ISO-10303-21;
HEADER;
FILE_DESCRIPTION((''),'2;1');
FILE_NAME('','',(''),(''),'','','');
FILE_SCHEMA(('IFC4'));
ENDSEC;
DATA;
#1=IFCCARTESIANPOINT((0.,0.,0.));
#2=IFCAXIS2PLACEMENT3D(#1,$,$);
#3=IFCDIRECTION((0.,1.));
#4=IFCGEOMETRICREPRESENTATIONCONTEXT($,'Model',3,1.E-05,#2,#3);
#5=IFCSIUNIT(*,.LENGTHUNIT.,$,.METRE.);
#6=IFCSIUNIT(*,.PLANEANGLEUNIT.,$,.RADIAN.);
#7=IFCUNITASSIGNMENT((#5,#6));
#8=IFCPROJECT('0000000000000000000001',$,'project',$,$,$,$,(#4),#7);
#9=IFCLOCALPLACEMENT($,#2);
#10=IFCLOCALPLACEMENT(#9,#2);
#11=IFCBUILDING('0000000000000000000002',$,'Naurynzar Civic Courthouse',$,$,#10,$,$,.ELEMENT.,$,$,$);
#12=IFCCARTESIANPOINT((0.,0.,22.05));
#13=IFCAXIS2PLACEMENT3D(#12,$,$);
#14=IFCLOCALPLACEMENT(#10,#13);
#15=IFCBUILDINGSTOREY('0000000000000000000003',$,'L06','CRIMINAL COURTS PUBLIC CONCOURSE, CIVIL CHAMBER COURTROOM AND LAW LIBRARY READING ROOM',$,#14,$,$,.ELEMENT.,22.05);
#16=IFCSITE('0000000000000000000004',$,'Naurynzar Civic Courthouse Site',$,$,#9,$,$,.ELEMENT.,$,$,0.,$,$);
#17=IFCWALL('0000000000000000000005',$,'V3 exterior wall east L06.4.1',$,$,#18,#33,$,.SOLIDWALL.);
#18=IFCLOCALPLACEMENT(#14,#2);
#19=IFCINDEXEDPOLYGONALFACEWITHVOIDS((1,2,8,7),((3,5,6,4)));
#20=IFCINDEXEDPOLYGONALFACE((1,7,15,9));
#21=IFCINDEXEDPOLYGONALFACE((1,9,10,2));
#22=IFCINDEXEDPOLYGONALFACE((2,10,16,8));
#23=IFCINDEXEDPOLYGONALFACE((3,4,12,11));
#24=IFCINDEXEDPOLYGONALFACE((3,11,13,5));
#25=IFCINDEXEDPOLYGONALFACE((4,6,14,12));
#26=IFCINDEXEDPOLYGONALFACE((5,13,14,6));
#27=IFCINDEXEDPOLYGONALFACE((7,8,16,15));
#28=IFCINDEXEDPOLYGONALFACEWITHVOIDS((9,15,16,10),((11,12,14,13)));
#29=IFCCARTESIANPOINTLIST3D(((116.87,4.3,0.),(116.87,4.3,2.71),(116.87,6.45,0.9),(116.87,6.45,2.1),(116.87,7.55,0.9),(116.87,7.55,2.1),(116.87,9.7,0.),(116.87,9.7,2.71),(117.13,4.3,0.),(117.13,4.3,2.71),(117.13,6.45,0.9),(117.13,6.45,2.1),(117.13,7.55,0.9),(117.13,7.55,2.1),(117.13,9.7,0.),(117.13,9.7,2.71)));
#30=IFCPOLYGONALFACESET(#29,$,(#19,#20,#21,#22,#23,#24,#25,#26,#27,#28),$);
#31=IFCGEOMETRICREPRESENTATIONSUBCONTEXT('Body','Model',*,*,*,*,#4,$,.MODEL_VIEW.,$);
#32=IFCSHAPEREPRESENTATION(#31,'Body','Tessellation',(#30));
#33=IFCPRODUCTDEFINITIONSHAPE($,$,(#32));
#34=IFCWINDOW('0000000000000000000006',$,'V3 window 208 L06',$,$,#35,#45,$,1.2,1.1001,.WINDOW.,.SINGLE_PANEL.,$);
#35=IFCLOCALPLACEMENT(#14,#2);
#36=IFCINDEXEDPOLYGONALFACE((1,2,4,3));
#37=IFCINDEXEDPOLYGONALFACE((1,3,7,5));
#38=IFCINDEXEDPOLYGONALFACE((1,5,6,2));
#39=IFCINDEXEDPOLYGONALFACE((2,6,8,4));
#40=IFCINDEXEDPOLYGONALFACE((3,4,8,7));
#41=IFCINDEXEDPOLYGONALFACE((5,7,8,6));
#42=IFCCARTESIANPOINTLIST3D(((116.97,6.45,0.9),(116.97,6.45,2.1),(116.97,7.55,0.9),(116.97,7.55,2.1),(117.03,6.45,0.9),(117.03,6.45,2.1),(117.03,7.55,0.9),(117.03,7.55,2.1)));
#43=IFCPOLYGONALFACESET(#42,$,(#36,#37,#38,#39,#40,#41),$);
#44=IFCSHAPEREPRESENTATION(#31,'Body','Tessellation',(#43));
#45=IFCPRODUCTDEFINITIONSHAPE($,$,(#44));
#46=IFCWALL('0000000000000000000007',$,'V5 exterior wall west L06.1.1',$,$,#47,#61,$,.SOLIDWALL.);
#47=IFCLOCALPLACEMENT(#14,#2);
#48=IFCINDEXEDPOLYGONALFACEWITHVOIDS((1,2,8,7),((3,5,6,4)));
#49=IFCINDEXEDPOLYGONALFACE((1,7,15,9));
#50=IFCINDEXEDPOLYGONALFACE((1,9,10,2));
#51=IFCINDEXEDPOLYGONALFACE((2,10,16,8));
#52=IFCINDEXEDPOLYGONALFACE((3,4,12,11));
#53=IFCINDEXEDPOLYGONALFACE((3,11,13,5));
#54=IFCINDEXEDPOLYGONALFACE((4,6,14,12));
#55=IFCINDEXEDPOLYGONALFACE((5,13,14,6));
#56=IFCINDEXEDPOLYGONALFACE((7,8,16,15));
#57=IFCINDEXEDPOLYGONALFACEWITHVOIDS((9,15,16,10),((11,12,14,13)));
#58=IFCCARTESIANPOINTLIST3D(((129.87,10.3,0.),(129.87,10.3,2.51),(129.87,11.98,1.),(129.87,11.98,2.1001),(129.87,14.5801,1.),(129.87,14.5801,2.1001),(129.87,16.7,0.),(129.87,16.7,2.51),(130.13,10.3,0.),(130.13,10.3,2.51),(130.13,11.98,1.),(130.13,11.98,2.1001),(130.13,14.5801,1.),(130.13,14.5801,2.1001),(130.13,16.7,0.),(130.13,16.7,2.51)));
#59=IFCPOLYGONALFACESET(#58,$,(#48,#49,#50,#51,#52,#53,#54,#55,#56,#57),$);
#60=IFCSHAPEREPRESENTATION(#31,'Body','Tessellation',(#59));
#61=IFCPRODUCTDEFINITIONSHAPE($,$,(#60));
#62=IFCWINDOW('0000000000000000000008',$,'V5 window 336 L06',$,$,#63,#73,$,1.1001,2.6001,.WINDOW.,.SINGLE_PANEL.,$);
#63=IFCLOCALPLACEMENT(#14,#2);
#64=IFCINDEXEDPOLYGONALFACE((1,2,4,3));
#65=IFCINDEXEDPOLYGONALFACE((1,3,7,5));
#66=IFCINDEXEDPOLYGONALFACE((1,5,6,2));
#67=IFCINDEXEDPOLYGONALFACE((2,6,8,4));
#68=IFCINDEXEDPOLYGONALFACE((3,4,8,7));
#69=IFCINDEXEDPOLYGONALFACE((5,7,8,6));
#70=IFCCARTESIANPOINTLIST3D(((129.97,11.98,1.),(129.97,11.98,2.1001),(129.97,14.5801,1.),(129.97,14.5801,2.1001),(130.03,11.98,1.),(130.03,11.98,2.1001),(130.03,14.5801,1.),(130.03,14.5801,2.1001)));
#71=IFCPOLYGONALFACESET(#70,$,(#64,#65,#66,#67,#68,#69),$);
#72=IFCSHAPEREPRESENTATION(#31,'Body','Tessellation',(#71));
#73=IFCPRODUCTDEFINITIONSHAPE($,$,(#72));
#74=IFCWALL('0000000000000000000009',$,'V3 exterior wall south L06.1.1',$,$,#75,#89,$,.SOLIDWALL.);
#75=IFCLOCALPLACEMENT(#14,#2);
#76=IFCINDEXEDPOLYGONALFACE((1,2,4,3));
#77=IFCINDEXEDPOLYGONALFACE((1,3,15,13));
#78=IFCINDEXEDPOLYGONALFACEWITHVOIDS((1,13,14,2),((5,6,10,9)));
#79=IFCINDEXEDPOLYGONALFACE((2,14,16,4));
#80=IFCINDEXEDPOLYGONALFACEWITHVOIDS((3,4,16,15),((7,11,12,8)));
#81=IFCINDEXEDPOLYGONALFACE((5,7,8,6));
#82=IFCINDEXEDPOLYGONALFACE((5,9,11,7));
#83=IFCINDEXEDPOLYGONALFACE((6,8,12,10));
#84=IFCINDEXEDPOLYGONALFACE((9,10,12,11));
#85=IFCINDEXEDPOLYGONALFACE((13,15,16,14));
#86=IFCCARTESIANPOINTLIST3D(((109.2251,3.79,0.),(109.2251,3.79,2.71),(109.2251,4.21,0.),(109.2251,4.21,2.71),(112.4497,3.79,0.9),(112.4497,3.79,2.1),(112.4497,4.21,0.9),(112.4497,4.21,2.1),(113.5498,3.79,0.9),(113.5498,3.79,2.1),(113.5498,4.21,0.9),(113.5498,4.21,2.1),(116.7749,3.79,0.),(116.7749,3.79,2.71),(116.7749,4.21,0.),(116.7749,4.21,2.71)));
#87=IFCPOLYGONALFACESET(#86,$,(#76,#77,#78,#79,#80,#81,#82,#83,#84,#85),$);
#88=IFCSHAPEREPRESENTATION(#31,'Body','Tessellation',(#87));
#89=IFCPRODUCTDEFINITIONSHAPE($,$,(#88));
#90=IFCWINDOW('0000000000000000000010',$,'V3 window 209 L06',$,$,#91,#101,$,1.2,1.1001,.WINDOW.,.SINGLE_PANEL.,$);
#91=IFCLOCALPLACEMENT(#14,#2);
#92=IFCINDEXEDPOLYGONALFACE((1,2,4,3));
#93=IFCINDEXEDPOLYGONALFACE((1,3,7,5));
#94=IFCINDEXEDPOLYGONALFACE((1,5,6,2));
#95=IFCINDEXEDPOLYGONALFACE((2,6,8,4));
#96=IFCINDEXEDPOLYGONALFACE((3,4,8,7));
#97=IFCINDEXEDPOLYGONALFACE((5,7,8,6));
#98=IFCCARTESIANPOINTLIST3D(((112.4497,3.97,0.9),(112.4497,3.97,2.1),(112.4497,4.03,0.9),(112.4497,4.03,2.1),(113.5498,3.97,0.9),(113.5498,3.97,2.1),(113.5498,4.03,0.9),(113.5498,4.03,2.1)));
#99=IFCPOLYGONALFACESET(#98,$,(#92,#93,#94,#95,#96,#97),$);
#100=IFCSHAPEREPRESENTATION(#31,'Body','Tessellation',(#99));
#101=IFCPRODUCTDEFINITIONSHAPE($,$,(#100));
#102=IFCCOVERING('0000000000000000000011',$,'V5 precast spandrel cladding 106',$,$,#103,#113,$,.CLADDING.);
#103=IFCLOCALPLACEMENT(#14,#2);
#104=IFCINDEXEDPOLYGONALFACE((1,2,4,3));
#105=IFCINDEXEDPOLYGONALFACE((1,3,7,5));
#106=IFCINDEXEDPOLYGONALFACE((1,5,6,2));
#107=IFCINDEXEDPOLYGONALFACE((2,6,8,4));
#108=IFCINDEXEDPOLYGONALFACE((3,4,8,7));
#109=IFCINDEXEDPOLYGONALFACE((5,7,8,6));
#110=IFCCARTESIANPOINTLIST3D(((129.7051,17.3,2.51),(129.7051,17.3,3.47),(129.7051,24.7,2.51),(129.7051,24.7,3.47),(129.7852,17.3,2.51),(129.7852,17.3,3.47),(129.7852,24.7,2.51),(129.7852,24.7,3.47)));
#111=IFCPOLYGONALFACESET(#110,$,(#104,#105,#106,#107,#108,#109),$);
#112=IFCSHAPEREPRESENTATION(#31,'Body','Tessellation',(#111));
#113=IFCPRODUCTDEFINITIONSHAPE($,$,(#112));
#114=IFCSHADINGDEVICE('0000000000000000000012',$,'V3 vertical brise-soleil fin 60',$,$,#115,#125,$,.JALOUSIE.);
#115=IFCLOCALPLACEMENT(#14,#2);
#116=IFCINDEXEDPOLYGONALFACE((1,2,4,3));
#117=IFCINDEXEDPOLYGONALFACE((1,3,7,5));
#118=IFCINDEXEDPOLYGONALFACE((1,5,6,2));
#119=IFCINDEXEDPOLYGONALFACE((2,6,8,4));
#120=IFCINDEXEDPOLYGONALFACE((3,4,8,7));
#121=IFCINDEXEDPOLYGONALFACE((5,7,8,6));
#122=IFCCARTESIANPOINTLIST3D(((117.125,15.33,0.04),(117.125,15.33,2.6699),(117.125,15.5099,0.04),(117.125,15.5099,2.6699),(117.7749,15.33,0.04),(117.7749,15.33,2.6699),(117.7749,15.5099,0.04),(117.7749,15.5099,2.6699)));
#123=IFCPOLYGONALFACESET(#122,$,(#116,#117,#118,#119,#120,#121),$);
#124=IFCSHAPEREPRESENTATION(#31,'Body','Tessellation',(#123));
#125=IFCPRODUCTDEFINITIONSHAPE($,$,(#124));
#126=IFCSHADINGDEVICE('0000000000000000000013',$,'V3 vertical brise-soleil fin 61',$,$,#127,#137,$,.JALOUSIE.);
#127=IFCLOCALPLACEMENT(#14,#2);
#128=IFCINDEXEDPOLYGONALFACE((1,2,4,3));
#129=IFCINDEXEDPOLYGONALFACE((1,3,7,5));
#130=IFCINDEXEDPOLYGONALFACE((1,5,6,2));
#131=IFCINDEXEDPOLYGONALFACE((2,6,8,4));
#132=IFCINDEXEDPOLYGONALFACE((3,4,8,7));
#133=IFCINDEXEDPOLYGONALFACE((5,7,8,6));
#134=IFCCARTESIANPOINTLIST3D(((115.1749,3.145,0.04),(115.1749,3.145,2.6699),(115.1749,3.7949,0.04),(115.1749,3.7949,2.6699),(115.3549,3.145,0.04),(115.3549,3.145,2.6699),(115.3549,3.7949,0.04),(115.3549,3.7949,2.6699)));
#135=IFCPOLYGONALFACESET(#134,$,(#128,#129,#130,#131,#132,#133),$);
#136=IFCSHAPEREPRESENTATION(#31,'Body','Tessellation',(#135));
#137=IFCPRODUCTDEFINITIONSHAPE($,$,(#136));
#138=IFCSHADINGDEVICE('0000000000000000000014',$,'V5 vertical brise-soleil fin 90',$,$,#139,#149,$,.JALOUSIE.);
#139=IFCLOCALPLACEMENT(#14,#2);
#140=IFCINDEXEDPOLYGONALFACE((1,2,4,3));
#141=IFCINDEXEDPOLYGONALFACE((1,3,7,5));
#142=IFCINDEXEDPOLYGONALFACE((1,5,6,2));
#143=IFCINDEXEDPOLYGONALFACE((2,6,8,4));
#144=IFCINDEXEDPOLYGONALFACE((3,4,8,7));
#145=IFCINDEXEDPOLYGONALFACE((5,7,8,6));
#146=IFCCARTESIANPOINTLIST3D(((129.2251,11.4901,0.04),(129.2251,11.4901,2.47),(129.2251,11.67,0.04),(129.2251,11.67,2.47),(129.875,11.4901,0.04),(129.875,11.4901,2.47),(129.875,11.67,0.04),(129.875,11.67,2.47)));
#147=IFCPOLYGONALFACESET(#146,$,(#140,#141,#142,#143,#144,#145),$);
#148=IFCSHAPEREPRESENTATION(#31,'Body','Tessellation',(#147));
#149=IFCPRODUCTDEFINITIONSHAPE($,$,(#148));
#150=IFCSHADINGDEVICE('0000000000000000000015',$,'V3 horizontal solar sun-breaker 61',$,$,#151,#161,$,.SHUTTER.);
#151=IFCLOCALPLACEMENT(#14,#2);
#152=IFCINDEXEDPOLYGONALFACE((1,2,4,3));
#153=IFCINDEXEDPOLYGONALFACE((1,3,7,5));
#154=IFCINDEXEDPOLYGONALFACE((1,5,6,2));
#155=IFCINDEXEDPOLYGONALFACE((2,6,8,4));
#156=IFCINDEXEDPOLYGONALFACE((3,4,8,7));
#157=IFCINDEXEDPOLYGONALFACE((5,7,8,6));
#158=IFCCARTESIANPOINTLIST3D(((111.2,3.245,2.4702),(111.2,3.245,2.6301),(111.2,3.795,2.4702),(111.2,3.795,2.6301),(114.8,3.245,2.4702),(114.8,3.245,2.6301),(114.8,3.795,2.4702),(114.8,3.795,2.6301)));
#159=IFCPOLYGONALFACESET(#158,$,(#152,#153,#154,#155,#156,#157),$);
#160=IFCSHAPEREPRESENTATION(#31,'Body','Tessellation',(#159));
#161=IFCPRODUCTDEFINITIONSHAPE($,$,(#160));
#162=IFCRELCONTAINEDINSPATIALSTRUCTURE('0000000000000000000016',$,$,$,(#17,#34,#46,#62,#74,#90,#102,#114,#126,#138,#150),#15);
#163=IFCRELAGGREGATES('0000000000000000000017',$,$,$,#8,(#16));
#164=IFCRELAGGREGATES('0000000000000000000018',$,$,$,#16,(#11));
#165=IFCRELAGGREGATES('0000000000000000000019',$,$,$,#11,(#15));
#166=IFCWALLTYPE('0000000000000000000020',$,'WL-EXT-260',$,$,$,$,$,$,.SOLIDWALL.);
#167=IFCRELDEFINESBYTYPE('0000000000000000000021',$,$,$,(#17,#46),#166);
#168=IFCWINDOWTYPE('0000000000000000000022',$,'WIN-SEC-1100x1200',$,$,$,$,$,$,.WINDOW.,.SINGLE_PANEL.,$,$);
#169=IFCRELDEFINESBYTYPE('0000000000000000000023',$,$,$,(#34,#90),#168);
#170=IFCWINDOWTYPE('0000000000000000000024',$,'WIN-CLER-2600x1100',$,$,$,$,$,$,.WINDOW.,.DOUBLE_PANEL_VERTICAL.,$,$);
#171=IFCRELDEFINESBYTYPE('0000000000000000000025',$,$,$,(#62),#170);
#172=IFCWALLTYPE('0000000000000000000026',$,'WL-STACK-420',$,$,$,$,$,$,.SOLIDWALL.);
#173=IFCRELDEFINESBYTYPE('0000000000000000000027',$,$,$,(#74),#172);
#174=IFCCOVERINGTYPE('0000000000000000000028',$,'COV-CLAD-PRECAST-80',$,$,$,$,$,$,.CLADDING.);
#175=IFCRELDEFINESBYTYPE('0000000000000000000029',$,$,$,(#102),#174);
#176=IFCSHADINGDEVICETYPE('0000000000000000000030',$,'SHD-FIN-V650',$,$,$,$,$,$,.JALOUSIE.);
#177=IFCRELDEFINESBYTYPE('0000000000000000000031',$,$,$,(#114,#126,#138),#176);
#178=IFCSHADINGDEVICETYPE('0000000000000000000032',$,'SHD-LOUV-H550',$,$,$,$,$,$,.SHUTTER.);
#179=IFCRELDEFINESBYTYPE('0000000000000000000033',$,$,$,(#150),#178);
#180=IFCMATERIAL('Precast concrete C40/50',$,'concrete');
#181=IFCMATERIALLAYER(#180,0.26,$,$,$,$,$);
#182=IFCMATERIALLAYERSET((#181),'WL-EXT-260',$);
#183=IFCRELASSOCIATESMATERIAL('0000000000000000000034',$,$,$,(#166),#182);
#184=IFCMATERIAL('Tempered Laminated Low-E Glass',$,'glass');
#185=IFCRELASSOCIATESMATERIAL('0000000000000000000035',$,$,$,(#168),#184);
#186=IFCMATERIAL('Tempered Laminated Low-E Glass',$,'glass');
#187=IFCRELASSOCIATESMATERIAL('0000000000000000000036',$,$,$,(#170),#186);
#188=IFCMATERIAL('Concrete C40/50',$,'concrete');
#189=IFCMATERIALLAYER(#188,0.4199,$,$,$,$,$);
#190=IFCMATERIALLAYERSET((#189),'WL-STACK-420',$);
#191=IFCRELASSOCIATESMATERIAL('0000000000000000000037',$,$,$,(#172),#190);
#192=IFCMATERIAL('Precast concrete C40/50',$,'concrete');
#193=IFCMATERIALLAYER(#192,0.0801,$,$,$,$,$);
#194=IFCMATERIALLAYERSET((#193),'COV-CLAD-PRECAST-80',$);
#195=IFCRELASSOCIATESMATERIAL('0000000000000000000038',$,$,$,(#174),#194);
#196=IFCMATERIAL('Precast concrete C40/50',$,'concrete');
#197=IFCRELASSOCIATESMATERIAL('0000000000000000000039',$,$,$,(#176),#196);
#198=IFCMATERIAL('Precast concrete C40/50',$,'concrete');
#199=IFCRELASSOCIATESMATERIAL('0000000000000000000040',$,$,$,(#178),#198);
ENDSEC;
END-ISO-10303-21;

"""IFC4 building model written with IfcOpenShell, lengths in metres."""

from ifc_helpers import new_model, si_unit, direction, frame, frame_2d, origin, origin_2d, place, context, subcontext, project, spatial, rectangle, extrude, material, layer, layer_set, type_object, element, fill, save


model = new_model("IFC4")

# Units and contexts
model_context = context("Model", 3, precision=1e-05, world=origin(), true_north=direction((0.0, 1.0)))
body_context = subcontext(model_context, "Body", "Model", "MODEL_VIEW")
ifc_project = project(units=[si_unit("LENGTHUNIT", "METRE"), si_unit("PLANEANGLEUNIT", "RADIAN")], contexts=[model_context])

# Site, building, storey
site_placement = place(None, origin())
site = spatial("IfcSite", under=ifc_project, at=site_placement, Name="Naurynzar Civic Courthouse Site", CompositionType="ELEMENT", RefElevation=0.0)
building_placement = place(site_placement, origin())
building = spatial("IfcBuilding", under=site, at=building_placement, Name="Naurynzar Civic Courthouse", CompositionType="ELEMENT")
storey_placement = place(building_placement, frame((0.0, 0.0, 22.05)))
storey = spatial("IfcBuildingStorey", under=building, at=storey_placement, Name="L06", Description="CRIMINAL COURTS PUBLIC CONCOURSE, CIVIL CHAMBER COURTROOM AND LAW LIBRARY READING ROOM", CompositionType="ELEMENT", Elevation=22.05)

# Walls, openings, windows
ifc_material_1 = material(Name="Precast concrete C40/50", Category="concrete")
ifc_layer_1 = layer(ifc_material_1, 0.26)
ifc_layer_set_1 = layer_set([ifc_layer_1], Name="WL-EXT-260")
wall_type_1 = type_object("IfcWallType", Name="WL-EXT-260", PredefinedType="SOLIDWALL", material=ifc_layer_set_1)
wall_1_placement = place(storey_placement, frame((117.0, 9.7, 0.0), z_axis=(0.0, 0.0, 1.0), x_axis=(0.0, -1.0, 0.0)))
wall_1 = element("IfcWall", 1, at=wall_1_placement, inside=storey, type_object=wall_type_1, Name="V3 exterior wall east L06.4.1", PredefinedType="SOLIDWALL", context=body_context, shape_type="SweptSolid", body=[
    extrude(rectangle(XDim=5.3999, YDim=0.26, at=frame_2d((2.7, 0.0))), origin(), (0.0, 0.0, 1.0), 2.71),
])
opening_1_placement = place(wall_1_placement, frame((2.1499, 0.0, 0.8999)))
opening_1 = element("IfcOpeningElement", 2, at=opening_1_placement, cuts=wall_1, PredefinedType="OPENING", context=body_context, shape_type="SweptSolid", body=[
    extrude(rectangle(XDim=1.1001, YDim=1.2, at=frame_2d((0.55, 0.6001))), frame((0.0, 0.1399, 0.0), z_axis=(0.0, -1.0, 0.0), x_axis=(1.0, 0.0, 0.0)), (0.0, 0.0, 1.0), 0.28),
])
ifc_material_2 = material(Name="Tempered Laminated Low-E Glass", Category="glass")
window_type_1 = type_object("IfcWindowType", Name="WIN-SEC-1100x1200", PartitioningType="SINGLE_PANEL", PredefinedType="WINDOW", material=ifc_material_2)
window_1_placement = place(opening_1_placement, origin())
window_1 = element("IfcWindow", 3, at=window_1_placement, inside=storey, type_object=window_type_1, Name="V3 window 208 L06", OverallHeight=1.2, OverallWidth=1.1001, PartitioningType="SINGLE_PANEL", PredefinedType="WINDOW", context=body_context, shape_type="SweptSolid", body=[
    extrude(rectangle(XDim=1.1001, YDim=1.2, at=frame_2d((0.55, 0.6001))), frame((0.0, 0.03, 0.0), z_axis=(0.0, -1.0, 0.0), x_axis=(1.0, 0.0, 0.0)), (0.0, 0.0, 1.0), 0.0601),
])
fill(opening_1, window_1)
wall_2_placement = place(storey_placement, frame((130.0, 10.3, 0.0), z_axis=(0.0, 0.0, 1.0), x_axis=(0.0, 1.0, 0.0)))
wall_2 = element("IfcWall", 4, at=wall_2_placement, inside=storey, type_object=wall_type_1, Name="V5 exterior wall west L06.1.1", PredefinedType="SOLIDWALL", context=body_context, shape_type="SweptSolid", body=[
    extrude(rectangle(XDim=6.3999, YDim=0.26, at=frame_2d((3.2, 0.0))), origin(), (0.0, 0.0, 1.0), 2.51),
])
opening_2_placement = place(wall_2_placement, frame((1.6799, 0.0, 1.0)))
opening_2 = element("IfcOpeningElement", 5, at=opening_2_placement, cuts=wall_2, PredefinedType="OPENING", context=body_context, shape_type="SweptSolid", body=[
    extrude(rectangle(XDim=2.6001, YDim=1.1001, at=frame_2d((1.3, 0.55))), frame((0.0, 0.1399, 0.0), z_axis=(0.0, -1.0, 0.0), x_axis=(1.0, 0.0, 0.0)), (0.0, 0.0, 1.0), 0.28),
])
ifc_material_3 = material(Name="Tempered Laminated Low-E Glass", Category="glass")
window_type_2 = type_object("IfcWindowType", Name="WIN-CLER-2600x1100", PartitioningType="DOUBLE_PANEL_VERTICAL", PredefinedType="WINDOW", material=ifc_material_3)
window_2_placement = place(opening_2_placement, origin())
window_2 = element("IfcWindow", 6, at=window_2_placement, inside=storey, type_object=window_type_2, Name="V5 window 336 L06", OverallHeight=1.1001, OverallWidth=2.6001, PartitioningType="SINGLE_PANEL", PredefinedType="WINDOW", context=body_context, shape_type="SweptSolid", body=[
    extrude(rectangle(XDim=2.6001, YDim=1.1001, at=frame_2d((1.3, 0.55))), frame((0.0, 0.03, 0.0), z_axis=(0.0, -1.0, 0.0), x_axis=(1.0, 0.0, 0.0)), (0.0, 0.0, 1.0), 0.0601),
])
fill(opening_2, window_2)
ifc_material_4 = material(Name="Concrete C40/50", Category="concrete")
ifc_layer_2 = layer(ifc_material_4, 0.4199)
ifc_layer_set_2 = layer_set([ifc_layer_2], Name="WL-STACK-420")
wall_type_2 = type_object("IfcWallType", Name="WL-STACK-420", PredefinedType="SOLIDWALL", material=ifc_layer_set_2)
wall_3_placement = place(storey_placement, frame((116.7749, 4.0, 0.0), z_axis=(0.0, 0.0, 1.0), x_axis=(-1.0, 0.0, 0.0)))
wall_3 = element("IfcWall", 7, at=wall_3_placement, inside=storey, type_object=wall_type_2, Name="V3 exterior wall south L06.1.1", PredefinedType="SOLIDWALL", context=body_context, shape_type="SweptSolid", body=[
    extrude(rectangle(XDim=7.5498, YDim=0.4199, at=frame_2d((3.7749, 0.0))), origin(), (0.0, 0.0, 1.0), 2.71),
])
opening_3_placement = place(wall_3_placement, frame((3.2251, 0.0, 0.8999)))
opening_3 = element("IfcOpeningElement", 8, at=opening_3_placement, cuts=wall_3, PredefinedType="OPENING", context=body_context, shape_type="SweptSolid", body=[
    extrude(rectangle(XDim=1.1001, YDim=1.2, at=frame_2d((0.55, 0.6001))), frame((0.0, 0.22, 0.0), z_axis=(0.0, -1.0, 0.0), x_axis=(1.0, 0.0, 0.0)), (0.0, 0.0, 1.0), 0.4399),
])
window_3_placement = place(opening_3_placement, origin())
window_3 = element("IfcWindow", 9, at=window_3_placement, inside=storey, type_object=window_type_1, Name="V3 window 209 L06", OverallHeight=1.2, OverallWidth=1.1001, PartitioningType="SINGLE_PANEL", PredefinedType="WINDOW", context=body_context, shape_type="SweptSolid", body=[
    extrude(rectangle(XDim=1.1001, YDim=1.2, at=frame_2d((0.55, 0.6001))), frame((0.0, 0.03, 0.0), z_axis=(0.0, -1.0, 0.0), x_axis=(1.0, 0.0, 0.0)), (0.0, 0.0, 1.0), 0.0601),
])
fill(opening_3, window_3)

# Covering
ifc_material_5 = material(Name="Precast concrete C40/50", Category="concrete")
ifc_layer_3 = layer(ifc_material_5, 0.0801)
ifc_layer_set_3 = layer_set([ifc_layer_3], Name="COV-CLAD-PRECAST-80")
covering_type = type_object("IfcCoveringType", Name="COV-CLAD-PRECAST-80", PredefinedType="CLADDING", material=ifc_layer_set_3)
covering_placement = place(storey_placement, frame((129.7451, 21.0, 2.51), z_axis=(0.0, 0.0, 1.0), x_axis=(0.0, 1.0, 0.0)))
element("IfcCovering", 10, at=covering_placement, inside=storey, type_object=covering_type, Name="V5 precast spandrel cladding 106", PredefinedType="CLADDING", context=body_context, shape_type="SweptSolid", body=[
    extrude(rectangle(XDim=7.3999, YDim=0.0801, at=origin_2d()), origin(), (0.0, 0.0, 1.0), 0.96),
])

# Shading devices
ifc_material_6 = material(Name="Precast concrete C40/50", Category="concrete")
shading_device_type_1 = type_object("IfcShadingDeviceType", Name="SHD-FIN-V650", PredefinedType="JALOUSIE", material=ifc_material_6)
for number, where, z_axis, x_axis, name in (
    (11, (117.45, 15.4199, 0.04), (0.0, 0.0, 1.0), (0.0, -1.0, 0.0), "V3 vertical brise-soleil fin 60"),
    (12, (115.2649, 3.47, 0.04), (0.0, 0.0, 1.0), (-1.0, 0.0, 0.0), "V3 vertical brise-soleil fin 61"),
):
    element("IfcShadingDevice", number, at=place(storey_placement, frame(where, z_axis=z_axis, x_axis=x_axis)), inside=storey, type_object=shading_device_type_1, Name=name, PredefinedType="JALOUSIE", context=body_context, shape_type="SweptSolid", body=[
        extrude(rectangle(XDim=0.1799, YDim=0.6499, at=origin_2d()), origin(), (0.0, 0.0, 1.0), 2.6299),
    ])
shading_device_1_placement = place(storey_placement, frame((129.55, 11.5801, 0.04), z_axis=(0.0, 0.0, 1.0), x_axis=(0.0, 1.0, 0.0)))
element("IfcShadingDevice", 13, at=shading_device_1_placement, inside=storey, type_object=shading_device_type_1, Name="V5 vertical brise-soleil fin 90", PredefinedType="JALOUSIE", context=body_context, shape_type="SweptSolid", body=[
    extrude(rectangle(XDim=0.1799, YDim=0.6499, at=origin_2d()), origin(), (0.0, 0.0, 1.0), 2.4299),
])
ifc_material_7 = material(Name="Precast concrete C40/50", Category="concrete")
shading_device_type_2 = type_object("IfcShadingDeviceType", Name="SHD-LOUV-H550", PredefinedType="SHUTTER", material=ifc_material_7)
shading_device_2_placement = place(storey_placement, frame((113.0, 3.52, 2.4702), z_axis=(0.0, 0.0, 1.0), x_axis=(-1.0, 0.0, 0.0)))
element("IfcShadingDevice", 14, at=shading_device_2_placement, inside=storey, type_object=shading_device_type_2, Name="V3 horizontal solar sun-breaker 61", PredefinedType="SHUTTER", context=body_context, shape_type="SweptSolid", body=[
    extrude(rectangle(XDim=3.6001, YDim=0.55, at=origin_2d()), origin(), (0.0, 0.0, 1.0), 0.1599),
])

save(model, "model.ifc")
